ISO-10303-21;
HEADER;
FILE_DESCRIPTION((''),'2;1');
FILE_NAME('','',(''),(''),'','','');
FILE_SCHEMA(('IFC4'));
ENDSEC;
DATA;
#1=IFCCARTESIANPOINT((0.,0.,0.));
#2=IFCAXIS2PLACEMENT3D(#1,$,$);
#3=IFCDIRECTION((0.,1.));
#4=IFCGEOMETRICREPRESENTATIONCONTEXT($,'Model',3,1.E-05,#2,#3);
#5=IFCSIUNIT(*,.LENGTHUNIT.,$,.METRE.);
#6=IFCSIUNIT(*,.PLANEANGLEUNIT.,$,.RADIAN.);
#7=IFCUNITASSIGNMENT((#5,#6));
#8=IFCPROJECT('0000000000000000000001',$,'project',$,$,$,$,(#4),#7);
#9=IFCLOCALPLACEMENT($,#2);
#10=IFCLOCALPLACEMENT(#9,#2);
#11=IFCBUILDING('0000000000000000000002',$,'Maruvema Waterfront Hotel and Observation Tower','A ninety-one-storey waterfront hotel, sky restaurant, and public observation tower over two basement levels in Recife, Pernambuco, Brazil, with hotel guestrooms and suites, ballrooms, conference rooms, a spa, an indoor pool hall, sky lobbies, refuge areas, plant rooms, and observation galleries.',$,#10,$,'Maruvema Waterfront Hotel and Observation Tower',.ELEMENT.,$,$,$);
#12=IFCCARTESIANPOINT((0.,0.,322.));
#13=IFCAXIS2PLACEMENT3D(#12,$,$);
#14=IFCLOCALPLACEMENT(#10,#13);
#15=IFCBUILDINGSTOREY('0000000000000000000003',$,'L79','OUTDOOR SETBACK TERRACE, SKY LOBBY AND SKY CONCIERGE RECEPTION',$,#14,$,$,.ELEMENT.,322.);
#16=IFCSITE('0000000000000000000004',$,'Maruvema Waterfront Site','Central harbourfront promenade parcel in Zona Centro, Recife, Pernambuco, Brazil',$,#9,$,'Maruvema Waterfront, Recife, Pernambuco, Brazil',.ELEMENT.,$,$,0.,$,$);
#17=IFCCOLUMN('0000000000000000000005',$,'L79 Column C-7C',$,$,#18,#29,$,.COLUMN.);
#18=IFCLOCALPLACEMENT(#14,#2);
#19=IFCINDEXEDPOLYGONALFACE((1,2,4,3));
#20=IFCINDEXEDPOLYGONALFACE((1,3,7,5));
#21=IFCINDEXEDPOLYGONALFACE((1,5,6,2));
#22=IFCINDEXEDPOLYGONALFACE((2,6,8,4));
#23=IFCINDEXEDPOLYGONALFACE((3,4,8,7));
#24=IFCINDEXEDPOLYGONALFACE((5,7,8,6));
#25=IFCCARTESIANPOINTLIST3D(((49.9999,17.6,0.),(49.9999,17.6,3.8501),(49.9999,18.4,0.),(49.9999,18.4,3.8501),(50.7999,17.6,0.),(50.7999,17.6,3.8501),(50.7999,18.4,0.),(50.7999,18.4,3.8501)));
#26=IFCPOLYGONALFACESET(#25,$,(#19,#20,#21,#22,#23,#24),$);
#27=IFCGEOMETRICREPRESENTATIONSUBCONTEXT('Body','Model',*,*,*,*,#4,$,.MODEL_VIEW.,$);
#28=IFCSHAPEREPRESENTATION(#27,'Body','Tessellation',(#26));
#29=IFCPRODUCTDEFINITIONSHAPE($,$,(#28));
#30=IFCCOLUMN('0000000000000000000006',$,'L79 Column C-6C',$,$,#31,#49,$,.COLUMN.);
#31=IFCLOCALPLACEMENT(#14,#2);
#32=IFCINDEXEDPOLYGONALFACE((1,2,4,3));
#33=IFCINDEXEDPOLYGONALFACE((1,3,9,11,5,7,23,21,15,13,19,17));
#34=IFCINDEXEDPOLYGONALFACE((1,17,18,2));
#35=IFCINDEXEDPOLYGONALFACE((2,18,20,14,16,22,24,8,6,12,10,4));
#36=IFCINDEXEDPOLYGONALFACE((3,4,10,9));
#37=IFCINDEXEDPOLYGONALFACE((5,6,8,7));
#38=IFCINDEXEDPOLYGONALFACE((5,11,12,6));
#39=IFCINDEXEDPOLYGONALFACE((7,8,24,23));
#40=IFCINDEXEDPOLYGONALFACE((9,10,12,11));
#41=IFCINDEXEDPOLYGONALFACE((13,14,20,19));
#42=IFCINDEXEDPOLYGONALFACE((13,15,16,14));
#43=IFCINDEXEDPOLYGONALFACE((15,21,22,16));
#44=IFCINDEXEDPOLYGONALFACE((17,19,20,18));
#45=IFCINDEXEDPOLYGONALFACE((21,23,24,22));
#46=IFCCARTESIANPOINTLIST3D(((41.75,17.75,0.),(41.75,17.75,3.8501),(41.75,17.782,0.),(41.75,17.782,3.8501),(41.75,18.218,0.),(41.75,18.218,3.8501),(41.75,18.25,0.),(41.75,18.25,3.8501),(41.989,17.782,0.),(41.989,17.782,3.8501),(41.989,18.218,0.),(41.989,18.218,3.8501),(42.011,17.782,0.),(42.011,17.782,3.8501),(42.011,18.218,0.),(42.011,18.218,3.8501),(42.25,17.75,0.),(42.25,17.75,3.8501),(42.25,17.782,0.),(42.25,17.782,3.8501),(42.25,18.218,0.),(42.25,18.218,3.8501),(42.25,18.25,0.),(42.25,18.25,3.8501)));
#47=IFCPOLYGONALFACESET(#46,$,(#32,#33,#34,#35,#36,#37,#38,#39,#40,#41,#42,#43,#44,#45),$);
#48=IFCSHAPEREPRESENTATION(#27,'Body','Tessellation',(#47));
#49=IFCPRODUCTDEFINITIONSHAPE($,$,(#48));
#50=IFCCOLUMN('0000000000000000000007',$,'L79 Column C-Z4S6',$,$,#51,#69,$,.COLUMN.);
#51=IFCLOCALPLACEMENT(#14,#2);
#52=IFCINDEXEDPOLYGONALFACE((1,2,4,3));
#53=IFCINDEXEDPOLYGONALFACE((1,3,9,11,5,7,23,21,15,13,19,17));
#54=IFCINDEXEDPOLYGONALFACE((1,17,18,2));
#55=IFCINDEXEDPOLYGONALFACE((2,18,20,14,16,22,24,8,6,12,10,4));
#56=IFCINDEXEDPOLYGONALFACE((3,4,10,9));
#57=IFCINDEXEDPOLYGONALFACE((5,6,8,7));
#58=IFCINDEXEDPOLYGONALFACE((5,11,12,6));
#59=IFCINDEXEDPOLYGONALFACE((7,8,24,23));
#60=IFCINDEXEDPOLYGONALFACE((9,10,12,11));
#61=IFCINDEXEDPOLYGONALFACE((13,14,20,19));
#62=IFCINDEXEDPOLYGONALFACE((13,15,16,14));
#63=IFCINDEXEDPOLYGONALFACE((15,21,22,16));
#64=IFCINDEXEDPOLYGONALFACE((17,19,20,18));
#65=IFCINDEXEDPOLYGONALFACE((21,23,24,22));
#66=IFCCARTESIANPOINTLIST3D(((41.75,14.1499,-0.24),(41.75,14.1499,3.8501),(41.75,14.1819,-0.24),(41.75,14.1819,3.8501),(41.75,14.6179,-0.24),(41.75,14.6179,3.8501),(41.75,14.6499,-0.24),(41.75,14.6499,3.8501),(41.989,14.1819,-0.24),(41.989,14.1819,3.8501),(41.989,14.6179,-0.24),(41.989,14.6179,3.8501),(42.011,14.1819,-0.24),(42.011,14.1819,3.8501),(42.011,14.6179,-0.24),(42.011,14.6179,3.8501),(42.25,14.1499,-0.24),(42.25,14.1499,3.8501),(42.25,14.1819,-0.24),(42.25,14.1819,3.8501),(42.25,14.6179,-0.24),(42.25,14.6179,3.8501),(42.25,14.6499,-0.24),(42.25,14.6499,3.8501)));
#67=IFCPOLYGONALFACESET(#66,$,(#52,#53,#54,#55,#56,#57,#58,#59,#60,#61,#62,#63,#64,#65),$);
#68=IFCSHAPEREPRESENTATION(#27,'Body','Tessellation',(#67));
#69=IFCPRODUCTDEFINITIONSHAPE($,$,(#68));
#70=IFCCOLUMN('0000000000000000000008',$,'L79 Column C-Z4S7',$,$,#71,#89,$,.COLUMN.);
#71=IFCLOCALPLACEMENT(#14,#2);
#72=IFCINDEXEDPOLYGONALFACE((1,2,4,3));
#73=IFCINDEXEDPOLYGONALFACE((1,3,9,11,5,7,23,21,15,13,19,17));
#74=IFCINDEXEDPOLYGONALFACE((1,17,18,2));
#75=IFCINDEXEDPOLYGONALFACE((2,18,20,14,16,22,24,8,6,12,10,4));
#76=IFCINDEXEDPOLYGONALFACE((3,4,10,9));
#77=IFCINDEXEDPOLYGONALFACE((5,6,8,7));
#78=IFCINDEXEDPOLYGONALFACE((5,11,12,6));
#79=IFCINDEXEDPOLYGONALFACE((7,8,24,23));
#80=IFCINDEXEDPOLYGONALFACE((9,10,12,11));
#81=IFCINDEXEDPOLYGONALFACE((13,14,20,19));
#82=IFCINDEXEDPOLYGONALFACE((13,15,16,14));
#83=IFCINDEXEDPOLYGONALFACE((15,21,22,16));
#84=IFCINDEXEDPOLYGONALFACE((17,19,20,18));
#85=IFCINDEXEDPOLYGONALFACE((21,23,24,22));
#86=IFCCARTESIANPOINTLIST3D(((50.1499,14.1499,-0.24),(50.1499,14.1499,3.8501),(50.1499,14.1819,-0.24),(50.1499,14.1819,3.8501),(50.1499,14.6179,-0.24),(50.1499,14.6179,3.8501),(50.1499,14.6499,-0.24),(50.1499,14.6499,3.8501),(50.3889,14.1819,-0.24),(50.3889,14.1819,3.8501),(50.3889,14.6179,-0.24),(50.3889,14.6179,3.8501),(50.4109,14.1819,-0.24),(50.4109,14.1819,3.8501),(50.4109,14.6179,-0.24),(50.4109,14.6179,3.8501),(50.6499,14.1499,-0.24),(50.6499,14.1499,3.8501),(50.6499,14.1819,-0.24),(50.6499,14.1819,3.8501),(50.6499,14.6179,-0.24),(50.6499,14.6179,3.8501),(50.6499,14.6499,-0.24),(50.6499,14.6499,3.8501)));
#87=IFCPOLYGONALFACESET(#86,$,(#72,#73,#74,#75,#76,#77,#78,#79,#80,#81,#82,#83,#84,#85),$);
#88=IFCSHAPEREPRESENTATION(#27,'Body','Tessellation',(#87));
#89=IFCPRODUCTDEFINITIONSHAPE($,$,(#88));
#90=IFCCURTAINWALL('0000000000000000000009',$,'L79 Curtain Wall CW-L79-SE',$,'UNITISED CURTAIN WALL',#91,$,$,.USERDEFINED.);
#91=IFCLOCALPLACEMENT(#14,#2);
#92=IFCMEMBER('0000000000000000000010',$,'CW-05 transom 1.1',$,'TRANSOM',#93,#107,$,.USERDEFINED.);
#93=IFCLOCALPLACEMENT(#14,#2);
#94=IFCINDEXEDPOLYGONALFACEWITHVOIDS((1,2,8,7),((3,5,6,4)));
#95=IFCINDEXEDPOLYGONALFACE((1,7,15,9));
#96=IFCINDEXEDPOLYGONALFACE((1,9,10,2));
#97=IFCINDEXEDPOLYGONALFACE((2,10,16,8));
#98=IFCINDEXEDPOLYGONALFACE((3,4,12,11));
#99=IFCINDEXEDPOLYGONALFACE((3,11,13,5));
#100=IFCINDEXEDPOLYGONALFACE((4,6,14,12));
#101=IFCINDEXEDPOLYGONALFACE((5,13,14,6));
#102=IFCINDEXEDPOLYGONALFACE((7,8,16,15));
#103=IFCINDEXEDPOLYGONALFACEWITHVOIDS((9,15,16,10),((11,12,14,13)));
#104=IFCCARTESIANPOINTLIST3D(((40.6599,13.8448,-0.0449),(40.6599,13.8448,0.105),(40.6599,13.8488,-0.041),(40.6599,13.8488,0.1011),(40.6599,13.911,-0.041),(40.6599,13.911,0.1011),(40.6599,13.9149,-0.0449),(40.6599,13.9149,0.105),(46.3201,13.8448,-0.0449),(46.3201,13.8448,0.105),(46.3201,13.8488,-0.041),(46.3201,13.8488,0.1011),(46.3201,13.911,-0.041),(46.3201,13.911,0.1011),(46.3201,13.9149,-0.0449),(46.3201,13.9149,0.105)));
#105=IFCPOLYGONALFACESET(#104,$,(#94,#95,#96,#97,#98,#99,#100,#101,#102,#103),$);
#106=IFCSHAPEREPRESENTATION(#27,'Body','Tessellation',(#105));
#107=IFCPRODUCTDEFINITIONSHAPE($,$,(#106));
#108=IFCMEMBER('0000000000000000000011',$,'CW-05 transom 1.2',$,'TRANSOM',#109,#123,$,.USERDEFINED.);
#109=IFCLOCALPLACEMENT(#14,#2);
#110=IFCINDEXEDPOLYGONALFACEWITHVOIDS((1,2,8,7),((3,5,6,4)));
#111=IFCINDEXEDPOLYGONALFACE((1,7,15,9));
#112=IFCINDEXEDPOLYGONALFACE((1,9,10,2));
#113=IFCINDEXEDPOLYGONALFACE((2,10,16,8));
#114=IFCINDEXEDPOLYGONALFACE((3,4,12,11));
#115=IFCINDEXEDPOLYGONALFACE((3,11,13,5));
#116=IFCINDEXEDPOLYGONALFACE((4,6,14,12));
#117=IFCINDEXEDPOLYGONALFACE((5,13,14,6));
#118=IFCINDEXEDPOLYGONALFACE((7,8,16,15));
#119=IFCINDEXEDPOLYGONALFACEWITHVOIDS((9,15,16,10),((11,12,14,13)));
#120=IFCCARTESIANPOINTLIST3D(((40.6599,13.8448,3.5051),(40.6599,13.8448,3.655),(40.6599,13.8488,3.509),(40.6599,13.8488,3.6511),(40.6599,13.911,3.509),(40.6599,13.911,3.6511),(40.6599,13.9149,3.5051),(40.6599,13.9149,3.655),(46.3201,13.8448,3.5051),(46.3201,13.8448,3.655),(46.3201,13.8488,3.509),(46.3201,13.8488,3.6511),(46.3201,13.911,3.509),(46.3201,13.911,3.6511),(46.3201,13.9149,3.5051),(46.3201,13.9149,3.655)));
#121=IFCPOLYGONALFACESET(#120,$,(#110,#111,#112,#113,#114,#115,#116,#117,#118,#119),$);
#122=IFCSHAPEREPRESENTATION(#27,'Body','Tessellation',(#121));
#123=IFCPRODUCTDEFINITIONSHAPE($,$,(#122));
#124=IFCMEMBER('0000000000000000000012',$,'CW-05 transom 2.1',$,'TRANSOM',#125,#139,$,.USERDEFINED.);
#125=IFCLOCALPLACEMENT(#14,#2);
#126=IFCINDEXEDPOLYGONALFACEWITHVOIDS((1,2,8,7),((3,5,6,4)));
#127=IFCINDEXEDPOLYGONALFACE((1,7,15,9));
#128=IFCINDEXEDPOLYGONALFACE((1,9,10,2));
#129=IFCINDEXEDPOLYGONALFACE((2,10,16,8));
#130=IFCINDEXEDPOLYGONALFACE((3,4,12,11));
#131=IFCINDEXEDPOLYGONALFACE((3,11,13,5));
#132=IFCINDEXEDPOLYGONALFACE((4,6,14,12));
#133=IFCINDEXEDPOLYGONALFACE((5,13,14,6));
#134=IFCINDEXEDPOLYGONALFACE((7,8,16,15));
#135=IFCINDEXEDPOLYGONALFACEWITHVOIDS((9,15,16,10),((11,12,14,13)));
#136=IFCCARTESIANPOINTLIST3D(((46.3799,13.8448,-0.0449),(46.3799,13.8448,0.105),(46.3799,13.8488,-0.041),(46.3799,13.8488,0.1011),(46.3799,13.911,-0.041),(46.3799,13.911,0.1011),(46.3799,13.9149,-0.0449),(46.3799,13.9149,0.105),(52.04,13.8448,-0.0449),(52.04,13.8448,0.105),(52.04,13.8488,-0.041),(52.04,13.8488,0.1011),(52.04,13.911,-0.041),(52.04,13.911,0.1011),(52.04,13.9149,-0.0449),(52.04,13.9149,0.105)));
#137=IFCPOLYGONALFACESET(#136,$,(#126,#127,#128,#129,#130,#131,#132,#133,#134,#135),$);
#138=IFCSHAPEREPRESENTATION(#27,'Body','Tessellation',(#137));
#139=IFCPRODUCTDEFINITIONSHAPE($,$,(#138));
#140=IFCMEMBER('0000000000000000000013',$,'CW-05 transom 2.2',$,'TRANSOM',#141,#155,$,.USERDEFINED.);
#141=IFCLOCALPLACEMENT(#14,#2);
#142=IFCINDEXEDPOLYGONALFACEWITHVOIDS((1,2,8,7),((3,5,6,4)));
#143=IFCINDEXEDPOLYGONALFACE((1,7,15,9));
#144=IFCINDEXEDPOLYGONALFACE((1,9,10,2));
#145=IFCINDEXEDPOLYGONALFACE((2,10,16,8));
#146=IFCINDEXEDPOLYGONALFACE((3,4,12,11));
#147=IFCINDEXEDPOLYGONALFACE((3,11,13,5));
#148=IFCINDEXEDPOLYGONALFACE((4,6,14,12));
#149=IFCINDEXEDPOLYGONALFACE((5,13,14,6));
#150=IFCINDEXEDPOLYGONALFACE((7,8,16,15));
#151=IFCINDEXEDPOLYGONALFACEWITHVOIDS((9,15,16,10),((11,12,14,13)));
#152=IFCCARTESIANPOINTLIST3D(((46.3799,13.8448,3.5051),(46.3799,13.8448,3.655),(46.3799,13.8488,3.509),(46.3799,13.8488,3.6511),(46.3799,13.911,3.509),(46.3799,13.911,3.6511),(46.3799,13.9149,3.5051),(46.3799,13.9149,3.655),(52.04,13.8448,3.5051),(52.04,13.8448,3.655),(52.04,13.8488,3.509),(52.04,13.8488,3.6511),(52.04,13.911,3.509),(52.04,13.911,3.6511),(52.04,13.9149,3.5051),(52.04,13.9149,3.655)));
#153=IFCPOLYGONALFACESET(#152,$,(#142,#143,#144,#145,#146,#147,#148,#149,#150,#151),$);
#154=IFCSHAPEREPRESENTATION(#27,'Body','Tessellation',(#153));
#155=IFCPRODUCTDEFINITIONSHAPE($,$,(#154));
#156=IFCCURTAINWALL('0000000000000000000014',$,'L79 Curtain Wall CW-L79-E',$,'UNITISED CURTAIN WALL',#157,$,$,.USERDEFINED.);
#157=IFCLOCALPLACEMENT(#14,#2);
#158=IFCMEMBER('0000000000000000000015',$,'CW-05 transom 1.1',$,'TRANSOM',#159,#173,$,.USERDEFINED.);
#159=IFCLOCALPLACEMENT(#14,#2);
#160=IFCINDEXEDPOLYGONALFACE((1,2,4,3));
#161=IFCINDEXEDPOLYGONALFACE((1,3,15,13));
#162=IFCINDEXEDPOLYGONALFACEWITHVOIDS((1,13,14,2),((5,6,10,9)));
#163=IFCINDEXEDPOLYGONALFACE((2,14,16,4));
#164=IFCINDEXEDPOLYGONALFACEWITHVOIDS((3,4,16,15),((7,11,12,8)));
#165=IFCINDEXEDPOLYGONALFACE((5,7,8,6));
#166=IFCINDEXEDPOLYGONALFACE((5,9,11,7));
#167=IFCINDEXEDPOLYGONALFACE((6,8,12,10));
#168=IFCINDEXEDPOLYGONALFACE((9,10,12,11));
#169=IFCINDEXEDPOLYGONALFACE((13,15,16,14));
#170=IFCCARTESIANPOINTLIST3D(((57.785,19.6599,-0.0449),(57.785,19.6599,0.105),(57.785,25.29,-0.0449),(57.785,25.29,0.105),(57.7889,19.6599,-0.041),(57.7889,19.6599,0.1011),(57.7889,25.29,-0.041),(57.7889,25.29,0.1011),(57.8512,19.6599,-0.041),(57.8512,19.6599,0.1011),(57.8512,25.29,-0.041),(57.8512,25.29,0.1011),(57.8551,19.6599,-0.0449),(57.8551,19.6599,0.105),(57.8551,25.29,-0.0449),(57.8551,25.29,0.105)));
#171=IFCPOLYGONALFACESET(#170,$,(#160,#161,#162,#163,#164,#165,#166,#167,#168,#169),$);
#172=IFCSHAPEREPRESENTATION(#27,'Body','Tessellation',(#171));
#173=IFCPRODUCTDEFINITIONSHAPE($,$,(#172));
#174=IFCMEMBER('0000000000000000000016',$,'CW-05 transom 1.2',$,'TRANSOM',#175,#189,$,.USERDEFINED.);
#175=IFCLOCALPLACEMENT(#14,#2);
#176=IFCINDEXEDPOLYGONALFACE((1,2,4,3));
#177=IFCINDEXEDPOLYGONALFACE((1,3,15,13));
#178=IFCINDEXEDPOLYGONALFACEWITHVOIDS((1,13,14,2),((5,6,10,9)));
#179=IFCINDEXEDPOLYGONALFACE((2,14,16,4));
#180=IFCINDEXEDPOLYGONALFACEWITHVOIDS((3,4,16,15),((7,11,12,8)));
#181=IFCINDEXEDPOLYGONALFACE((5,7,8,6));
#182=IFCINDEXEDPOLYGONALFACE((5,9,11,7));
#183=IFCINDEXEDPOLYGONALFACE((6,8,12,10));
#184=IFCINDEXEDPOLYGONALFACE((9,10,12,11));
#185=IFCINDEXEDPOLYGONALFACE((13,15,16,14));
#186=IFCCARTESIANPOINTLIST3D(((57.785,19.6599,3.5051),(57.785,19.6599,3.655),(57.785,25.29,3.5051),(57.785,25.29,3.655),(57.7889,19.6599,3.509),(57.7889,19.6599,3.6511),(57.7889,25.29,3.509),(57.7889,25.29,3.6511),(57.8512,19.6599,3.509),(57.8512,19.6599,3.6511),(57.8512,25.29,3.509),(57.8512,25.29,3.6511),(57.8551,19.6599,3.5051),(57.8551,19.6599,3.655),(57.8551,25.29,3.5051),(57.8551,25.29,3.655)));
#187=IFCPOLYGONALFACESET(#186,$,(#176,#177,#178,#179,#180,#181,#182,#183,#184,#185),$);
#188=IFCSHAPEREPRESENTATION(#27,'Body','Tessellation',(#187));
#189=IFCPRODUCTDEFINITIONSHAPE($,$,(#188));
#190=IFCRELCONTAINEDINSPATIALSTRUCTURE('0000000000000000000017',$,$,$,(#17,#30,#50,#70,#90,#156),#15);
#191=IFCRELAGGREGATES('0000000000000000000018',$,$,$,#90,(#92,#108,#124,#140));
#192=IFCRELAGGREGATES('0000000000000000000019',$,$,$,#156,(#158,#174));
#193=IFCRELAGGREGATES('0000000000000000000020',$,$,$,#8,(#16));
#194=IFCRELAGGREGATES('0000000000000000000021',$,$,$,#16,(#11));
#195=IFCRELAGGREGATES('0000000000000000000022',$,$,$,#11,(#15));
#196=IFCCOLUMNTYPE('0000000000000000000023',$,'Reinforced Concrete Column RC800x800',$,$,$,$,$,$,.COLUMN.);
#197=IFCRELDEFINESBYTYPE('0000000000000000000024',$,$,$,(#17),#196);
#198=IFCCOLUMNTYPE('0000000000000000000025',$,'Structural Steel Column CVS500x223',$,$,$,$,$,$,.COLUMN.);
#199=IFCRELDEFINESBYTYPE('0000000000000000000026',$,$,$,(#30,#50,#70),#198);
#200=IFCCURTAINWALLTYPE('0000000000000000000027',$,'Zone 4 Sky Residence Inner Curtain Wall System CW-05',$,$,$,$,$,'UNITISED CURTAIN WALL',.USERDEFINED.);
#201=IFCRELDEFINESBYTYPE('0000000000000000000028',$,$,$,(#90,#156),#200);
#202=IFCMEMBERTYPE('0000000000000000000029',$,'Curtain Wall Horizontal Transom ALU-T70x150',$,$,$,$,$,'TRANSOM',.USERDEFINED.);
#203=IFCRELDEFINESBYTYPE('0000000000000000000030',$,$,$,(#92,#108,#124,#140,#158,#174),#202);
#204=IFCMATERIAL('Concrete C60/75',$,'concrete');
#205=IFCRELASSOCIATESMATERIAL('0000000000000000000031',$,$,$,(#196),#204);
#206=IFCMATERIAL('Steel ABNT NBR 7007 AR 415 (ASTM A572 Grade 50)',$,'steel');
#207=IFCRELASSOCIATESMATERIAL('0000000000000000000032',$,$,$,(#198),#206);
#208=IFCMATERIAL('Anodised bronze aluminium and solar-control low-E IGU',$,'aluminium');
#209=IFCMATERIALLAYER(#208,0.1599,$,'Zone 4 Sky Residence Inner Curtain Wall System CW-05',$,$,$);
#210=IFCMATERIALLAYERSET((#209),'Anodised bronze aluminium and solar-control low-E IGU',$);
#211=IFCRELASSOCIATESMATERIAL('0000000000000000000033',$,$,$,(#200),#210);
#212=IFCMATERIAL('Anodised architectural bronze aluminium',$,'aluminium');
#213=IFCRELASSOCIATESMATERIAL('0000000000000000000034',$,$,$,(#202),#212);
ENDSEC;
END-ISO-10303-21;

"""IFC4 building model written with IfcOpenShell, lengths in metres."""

from ifc_helpers import new_model, si_unit, direction, frame, origin, origin_2d, place, context, subcontext, project, spatial, rectangle, hollow_rectangle, i_section, extrude, material, layer, layer_set, material_profile, profile_set, type_object, element, aggregate, save


model = new_model("IFC4")

# Units and contexts
model_context = context("Model", 3, precision=1e-05, world=origin(), true_north=direction((0.0, 1.0)))
body_context = subcontext(model_context, "Body", "Model", "MODEL_VIEW")
ifc_project = project(units=[si_unit("LENGTHUNIT", "METRE"), si_unit("PLANEANGLEUNIT", "RADIAN")], contexts=[model_context])

# Site, building, storey
site_placement = place(None, origin())
site = spatial("IfcSite", under=ifc_project, at=site_placement, Name="Maruvema Waterfront Site", Description="Central harbourfront promenade parcel in Zona Centro, Recife, Pernambuco, Brazil", LongName="Maruvema Waterfront, Recife, Pernambuco, Brazil", CompositionType="ELEMENT", RefElevation=0.0)
building_placement = place(site_placement, origin())
building = spatial("IfcBuilding", under=site, at=building_placement, Name="Maruvema Waterfront Hotel and Observation Tower", Description="A ninety-one-storey waterfront hotel, sky restaurant, and public observation tower over two basement levels in Recife, Pernambuco, Brazil, with hotel guestrooms and suites, ballrooms, conference rooms, a spa, an indoor pool hall, sky lobbies, refuge areas, plant rooms, and observation galleries.", LongName="Maruvema Waterfront Hotel and Observation Tower", CompositionType="ELEMENT")
storey_placement = place(building_placement, frame((0.0, 0.0, 322.0)))
storey = spatial("IfcBuildingStorey", under=building, at=storey_placement, Name="L79", Description="OUTDOOR SETBACK TERRACE, SKY LOBBY AND SKY CONCIERGE RECEPTION", CompositionType="ELEMENT", Elevation=322.0)

# Columns
ifc_material_1 = material(Name="Concrete C60/75", Category="concrete")
ifc_material_profile_1 = material_profile(ifc_material_1, rectangle(XDim=0.8, YDim=0.8, at=origin_2d()), Name="RC800x800")
ifc_profile_set_1 = profile_set([ifc_material_profile_1], Name="Concrete C60/75")
column_type_1 = type_object("IfcColumnType", Name="Reinforced Concrete Column RC800x800", PredefinedType="COLUMN", material=ifc_profile_set_1)
column_1_placement = place(storey_placement, frame((50.3999, 18.0, 0.0), z_axis=(0.0, 0.0, 1.0), x_axis=(1.0, 0.0, 0.0)))
element("IfcColumn", 1, at=column_1_placement, inside=storey, type_object=column_type_1, Name="L79 Column C-7C", PredefinedType="COLUMN", context=body_context, shape_type="SweptSolid", body=[
    extrude(rectangle(XDim=0.8, YDim=0.8, at=origin_2d()), origin(), (0.0, 0.0, 1.0), 3.8501),
])
ifc_material_2 = material(Name="Steel ABNT NBR 7007 AR 415 (ASTM A572 Grade 50)", Category="steel")
ifc_material_profile_2 = material_profile(ifc_material_2, i_section(OverallWidth=0.5, OverallDepth=0.5, WebThickness=0.022, FlangeThickness=0.032, at=origin_2d()), Name="CVS500x223")
ifc_profile_set_2 = profile_set([ifc_material_profile_2], Name="Steel ABNT NBR 7007 AR 415 (ASTM A572 Grade 50)")
column_type_2 = type_object("IfcColumnType", Name="Structural Steel Column CVS500x223", PredefinedType="COLUMN", material=ifc_profile_set_2)
column_2_placement = place(storey_placement, frame((42.0, 18.0, 0.0), z_axis=(0.0, 0.0, 1.0), x_axis=(1.0, 0.0, 0.0)))
element("IfcColumn", 2, at=column_2_placement, inside=storey, type_object=column_type_2, Name="L79 Column C-6C", PredefinedType="COLUMN", context=body_context, shape_type="SweptSolid", body=[
    extrude(i_section(OverallWidth=0.5, OverallDepth=0.5, WebThickness=0.022, FlangeThickness=0.032, at=origin_2d()), origin(), (0.0, 0.0, 1.0), 3.8501),
])
for number, where, z_axis, x_axis, name in (
    (3, (42.0, 14.3999, -0.24), (0.0, 0.0, 1.0), (1.0, 0.0, 0.0), "L79 Column C-Z4S6"),
    (4, (50.3999, 14.3999, -0.24), (0.0, 0.0, 1.0), (1.0, 0.0, 0.0), "L79 Column C-Z4S7"),
):
    element("IfcColumn", number, at=place(storey_placement, frame(where, z_axis=z_axis, x_axis=x_axis)), inside=storey, type_object=column_type_2, Name=name, PredefinedType="COLUMN", context=body_context, shape_type="SweptSolid", body=[
        extrude(i_section(OverallWidth=0.5, OverallDepth=0.5, WebThickness=0.022, FlangeThickness=0.032, at=origin_2d()), origin(), (0.0, 0.0, 1.0), 4.0901),
    ])

# Curtain walls, members
ifc_material_3 = material(Name="Anodised bronze aluminium and solar-control low-E IGU", Category="aluminium")
ifc_layer_1 = layer(ifc_material_3, 0.1599, Name="Zone 4 Sky Residence Inner Curtain Wall System CW-05")
ifc_layer_set_1 = layer_set([ifc_layer_1], Name="Anodised bronze aluminium and solar-control low-E IGU")
curtain_wall_type = type_object("IfcCurtainWallType", Name="Zone 4 Sky Residence Inner Curtain Wall System CW-05", ElementType="UNITISED CURTAIN WALL", PredefinedType="USERDEFINED", material=ifc_layer_set_1)
curtain_wall_1_placement = place(storey_placement, origin())
curtain_wall_1 = element("IfcCurtainWall", 5, at=curtain_wall_1_placement, inside=storey, type_object=curtain_wall_type, Name="L79 Curtain Wall CW-L79-SE", ObjectType="UNITISED CURTAIN WALL", PredefinedType="USERDEFINED")
ifc_material_4 = material(Name="Anodised architectural bronze aluminium", Category="aluminium")
ifc_material_profile_3 = material_profile(ifc_material_4, hollow_rectangle(XDim=0.0701, YDim=0.1499, WallThickness=0.0039, at=origin_2d()), Name="ALU-T70x150")
ifc_profile_set_3 = profile_set([ifc_material_profile_3], Name="Anodised architectural bronze aluminium")
member_type_1 = type_object("IfcMemberType", Name="Curtain Wall Horizontal Transom ALU-T70x150", ElementType="TRANSOM", PredefinedType="USERDEFINED", material=ifc_profile_set_3)
member_1_placement = place(storey_placement, frame((40.6599, 13.8799, 0.03), z_axis=(1.0, 0.0, 0.0), x_axis=(0.0, 1.0, 0.0)))
member_1 = element("IfcMember", 6, at=member_1_placement, type_object=member_type_1, Name="CW-05 transom 1.1", ObjectType="TRANSOM", PredefinedType="USERDEFINED", context=body_context, shape_type="SweptSolid", body=[
    extrude(hollow_rectangle(XDim=0.0701, YDim=0.1499, WallThickness=0.0039, at=origin_2d()), origin(), (0.0, 0.0, 1.0), 5.6602),
])
member_2_placement = place(storey_placement, frame((40.6599, 13.8799, 3.5801), z_axis=(1.0, 0.0, 0.0), x_axis=(0.0, 1.0, 0.0)))
member_2 = element("IfcMember", 7, at=member_2_placement, type_object=member_type_1, Name="CW-05 transom 1.2", ObjectType="TRANSOM", PredefinedType="USERDEFINED", context=body_context, shape_type="SweptSolid", body=[
    extrude(hollow_rectangle(XDim=0.0701, YDim=0.1499, WallThickness=0.0039, at=origin_2d()), origin(), (0.0, 0.0, 1.0), 5.6602),
])
member_3_placement = place(storey_placement, frame((46.3799, 13.8799, 0.03), z_axis=(1.0, 0.0, 0.0), x_axis=(0.0, 1.0, 0.0)))
member_3 = element("IfcMember", 8, at=member_3_placement, type_object=member_type_1, Name="CW-05 transom 2.1", ObjectType="TRANSOM", PredefinedType="USERDEFINED", context=body_context, shape_type="SweptSolid", body=[
    extrude(hollow_rectangle(XDim=0.0701, YDim=0.1499, WallThickness=0.0039, at=origin_2d()), origin(), (0.0, 0.0, 1.0), 5.6602),
])
member_4_placement = place(storey_placement, frame((46.3799, 13.8799, 3.5801), z_axis=(1.0, 0.0, 0.0), x_axis=(0.0, 1.0, 0.0)))
member_4 = element("IfcMember", 9, at=member_4_placement, type_object=member_type_1, Name="CW-05 transom 2.2", ObjectType="TRANSOM", PredefinedType="USERDEFINED", context=body_context, shape_type="SweptSolid", body=[
    extrude(hollow_rectangle(XDim=0.0701, YDim=0.1499, WallThickness=0.0039, at=origin_2d()), origin(), (0.0, 0.0, 1.0), 5.6602),
])
curtain_wall_2_placement = place(storey_placement, origin())
curtain_wall_2 = element("IfcCurtainWall", 10, at=curtain_wall_2_placement, inside=storey, type_object=curtain_wall_type, Name="L79 Curtain Wall CW-L79-E", ObjectType="UNITISED CURTAIN WALL", PredefinedType="USERDEFINED")
member_5_placement = place(storey_placement, frame((57.8201, 19.6599, 0.03), z_axis=(0.0, 1.0, 0.0), x_axis=(-1.0, 0.0, 0.0)))
member_5 = element("IfcMember", 11, at=member_5_placement, type_object=member_type_1, Name="CW-05 transom 1.1", ObjectType="TRANSOM", PredefinedType="USERDEFINED", context=body_context, shape_type="SweptSolid", body=[
    extrude(hollow_rectangle(XDim=0.0701, YDim=0.1499, WallThickness=0.0039, at=origin_2d()), origin(), (0.0, 0.0, 1.0), 5.6301),
])
member_6_placement = place(storey_placement, frame((57.8201, 19.6599, 3.5801), z_axis=(0.0, 1.0, 0.0), x_axis=(-1.0, 0.0, 0.0)))
member_6 = element("IfcMember", 12, at=member_6_placement, type_object=member_type_1, Name="CW-05 transom 1.2", ObjectType="TRANSOM", PredefinedType="USERDEFINED", context=body_context, shape_type="SweptSolid", body=[
    extrude(hollow_rectangle(XDim=0.0701, YDim=0.1499, WallThickness=0.0039, at=origin_2d()), origin(), (0.0, 0.0, 1.0), 5.6301),
])

aggregate(curtain_wall_1, [member_1, member_2, member_3, member_4])
aggregate(curtain_wall_2, [member_5, member_6])

save(model, "model.ifc")
